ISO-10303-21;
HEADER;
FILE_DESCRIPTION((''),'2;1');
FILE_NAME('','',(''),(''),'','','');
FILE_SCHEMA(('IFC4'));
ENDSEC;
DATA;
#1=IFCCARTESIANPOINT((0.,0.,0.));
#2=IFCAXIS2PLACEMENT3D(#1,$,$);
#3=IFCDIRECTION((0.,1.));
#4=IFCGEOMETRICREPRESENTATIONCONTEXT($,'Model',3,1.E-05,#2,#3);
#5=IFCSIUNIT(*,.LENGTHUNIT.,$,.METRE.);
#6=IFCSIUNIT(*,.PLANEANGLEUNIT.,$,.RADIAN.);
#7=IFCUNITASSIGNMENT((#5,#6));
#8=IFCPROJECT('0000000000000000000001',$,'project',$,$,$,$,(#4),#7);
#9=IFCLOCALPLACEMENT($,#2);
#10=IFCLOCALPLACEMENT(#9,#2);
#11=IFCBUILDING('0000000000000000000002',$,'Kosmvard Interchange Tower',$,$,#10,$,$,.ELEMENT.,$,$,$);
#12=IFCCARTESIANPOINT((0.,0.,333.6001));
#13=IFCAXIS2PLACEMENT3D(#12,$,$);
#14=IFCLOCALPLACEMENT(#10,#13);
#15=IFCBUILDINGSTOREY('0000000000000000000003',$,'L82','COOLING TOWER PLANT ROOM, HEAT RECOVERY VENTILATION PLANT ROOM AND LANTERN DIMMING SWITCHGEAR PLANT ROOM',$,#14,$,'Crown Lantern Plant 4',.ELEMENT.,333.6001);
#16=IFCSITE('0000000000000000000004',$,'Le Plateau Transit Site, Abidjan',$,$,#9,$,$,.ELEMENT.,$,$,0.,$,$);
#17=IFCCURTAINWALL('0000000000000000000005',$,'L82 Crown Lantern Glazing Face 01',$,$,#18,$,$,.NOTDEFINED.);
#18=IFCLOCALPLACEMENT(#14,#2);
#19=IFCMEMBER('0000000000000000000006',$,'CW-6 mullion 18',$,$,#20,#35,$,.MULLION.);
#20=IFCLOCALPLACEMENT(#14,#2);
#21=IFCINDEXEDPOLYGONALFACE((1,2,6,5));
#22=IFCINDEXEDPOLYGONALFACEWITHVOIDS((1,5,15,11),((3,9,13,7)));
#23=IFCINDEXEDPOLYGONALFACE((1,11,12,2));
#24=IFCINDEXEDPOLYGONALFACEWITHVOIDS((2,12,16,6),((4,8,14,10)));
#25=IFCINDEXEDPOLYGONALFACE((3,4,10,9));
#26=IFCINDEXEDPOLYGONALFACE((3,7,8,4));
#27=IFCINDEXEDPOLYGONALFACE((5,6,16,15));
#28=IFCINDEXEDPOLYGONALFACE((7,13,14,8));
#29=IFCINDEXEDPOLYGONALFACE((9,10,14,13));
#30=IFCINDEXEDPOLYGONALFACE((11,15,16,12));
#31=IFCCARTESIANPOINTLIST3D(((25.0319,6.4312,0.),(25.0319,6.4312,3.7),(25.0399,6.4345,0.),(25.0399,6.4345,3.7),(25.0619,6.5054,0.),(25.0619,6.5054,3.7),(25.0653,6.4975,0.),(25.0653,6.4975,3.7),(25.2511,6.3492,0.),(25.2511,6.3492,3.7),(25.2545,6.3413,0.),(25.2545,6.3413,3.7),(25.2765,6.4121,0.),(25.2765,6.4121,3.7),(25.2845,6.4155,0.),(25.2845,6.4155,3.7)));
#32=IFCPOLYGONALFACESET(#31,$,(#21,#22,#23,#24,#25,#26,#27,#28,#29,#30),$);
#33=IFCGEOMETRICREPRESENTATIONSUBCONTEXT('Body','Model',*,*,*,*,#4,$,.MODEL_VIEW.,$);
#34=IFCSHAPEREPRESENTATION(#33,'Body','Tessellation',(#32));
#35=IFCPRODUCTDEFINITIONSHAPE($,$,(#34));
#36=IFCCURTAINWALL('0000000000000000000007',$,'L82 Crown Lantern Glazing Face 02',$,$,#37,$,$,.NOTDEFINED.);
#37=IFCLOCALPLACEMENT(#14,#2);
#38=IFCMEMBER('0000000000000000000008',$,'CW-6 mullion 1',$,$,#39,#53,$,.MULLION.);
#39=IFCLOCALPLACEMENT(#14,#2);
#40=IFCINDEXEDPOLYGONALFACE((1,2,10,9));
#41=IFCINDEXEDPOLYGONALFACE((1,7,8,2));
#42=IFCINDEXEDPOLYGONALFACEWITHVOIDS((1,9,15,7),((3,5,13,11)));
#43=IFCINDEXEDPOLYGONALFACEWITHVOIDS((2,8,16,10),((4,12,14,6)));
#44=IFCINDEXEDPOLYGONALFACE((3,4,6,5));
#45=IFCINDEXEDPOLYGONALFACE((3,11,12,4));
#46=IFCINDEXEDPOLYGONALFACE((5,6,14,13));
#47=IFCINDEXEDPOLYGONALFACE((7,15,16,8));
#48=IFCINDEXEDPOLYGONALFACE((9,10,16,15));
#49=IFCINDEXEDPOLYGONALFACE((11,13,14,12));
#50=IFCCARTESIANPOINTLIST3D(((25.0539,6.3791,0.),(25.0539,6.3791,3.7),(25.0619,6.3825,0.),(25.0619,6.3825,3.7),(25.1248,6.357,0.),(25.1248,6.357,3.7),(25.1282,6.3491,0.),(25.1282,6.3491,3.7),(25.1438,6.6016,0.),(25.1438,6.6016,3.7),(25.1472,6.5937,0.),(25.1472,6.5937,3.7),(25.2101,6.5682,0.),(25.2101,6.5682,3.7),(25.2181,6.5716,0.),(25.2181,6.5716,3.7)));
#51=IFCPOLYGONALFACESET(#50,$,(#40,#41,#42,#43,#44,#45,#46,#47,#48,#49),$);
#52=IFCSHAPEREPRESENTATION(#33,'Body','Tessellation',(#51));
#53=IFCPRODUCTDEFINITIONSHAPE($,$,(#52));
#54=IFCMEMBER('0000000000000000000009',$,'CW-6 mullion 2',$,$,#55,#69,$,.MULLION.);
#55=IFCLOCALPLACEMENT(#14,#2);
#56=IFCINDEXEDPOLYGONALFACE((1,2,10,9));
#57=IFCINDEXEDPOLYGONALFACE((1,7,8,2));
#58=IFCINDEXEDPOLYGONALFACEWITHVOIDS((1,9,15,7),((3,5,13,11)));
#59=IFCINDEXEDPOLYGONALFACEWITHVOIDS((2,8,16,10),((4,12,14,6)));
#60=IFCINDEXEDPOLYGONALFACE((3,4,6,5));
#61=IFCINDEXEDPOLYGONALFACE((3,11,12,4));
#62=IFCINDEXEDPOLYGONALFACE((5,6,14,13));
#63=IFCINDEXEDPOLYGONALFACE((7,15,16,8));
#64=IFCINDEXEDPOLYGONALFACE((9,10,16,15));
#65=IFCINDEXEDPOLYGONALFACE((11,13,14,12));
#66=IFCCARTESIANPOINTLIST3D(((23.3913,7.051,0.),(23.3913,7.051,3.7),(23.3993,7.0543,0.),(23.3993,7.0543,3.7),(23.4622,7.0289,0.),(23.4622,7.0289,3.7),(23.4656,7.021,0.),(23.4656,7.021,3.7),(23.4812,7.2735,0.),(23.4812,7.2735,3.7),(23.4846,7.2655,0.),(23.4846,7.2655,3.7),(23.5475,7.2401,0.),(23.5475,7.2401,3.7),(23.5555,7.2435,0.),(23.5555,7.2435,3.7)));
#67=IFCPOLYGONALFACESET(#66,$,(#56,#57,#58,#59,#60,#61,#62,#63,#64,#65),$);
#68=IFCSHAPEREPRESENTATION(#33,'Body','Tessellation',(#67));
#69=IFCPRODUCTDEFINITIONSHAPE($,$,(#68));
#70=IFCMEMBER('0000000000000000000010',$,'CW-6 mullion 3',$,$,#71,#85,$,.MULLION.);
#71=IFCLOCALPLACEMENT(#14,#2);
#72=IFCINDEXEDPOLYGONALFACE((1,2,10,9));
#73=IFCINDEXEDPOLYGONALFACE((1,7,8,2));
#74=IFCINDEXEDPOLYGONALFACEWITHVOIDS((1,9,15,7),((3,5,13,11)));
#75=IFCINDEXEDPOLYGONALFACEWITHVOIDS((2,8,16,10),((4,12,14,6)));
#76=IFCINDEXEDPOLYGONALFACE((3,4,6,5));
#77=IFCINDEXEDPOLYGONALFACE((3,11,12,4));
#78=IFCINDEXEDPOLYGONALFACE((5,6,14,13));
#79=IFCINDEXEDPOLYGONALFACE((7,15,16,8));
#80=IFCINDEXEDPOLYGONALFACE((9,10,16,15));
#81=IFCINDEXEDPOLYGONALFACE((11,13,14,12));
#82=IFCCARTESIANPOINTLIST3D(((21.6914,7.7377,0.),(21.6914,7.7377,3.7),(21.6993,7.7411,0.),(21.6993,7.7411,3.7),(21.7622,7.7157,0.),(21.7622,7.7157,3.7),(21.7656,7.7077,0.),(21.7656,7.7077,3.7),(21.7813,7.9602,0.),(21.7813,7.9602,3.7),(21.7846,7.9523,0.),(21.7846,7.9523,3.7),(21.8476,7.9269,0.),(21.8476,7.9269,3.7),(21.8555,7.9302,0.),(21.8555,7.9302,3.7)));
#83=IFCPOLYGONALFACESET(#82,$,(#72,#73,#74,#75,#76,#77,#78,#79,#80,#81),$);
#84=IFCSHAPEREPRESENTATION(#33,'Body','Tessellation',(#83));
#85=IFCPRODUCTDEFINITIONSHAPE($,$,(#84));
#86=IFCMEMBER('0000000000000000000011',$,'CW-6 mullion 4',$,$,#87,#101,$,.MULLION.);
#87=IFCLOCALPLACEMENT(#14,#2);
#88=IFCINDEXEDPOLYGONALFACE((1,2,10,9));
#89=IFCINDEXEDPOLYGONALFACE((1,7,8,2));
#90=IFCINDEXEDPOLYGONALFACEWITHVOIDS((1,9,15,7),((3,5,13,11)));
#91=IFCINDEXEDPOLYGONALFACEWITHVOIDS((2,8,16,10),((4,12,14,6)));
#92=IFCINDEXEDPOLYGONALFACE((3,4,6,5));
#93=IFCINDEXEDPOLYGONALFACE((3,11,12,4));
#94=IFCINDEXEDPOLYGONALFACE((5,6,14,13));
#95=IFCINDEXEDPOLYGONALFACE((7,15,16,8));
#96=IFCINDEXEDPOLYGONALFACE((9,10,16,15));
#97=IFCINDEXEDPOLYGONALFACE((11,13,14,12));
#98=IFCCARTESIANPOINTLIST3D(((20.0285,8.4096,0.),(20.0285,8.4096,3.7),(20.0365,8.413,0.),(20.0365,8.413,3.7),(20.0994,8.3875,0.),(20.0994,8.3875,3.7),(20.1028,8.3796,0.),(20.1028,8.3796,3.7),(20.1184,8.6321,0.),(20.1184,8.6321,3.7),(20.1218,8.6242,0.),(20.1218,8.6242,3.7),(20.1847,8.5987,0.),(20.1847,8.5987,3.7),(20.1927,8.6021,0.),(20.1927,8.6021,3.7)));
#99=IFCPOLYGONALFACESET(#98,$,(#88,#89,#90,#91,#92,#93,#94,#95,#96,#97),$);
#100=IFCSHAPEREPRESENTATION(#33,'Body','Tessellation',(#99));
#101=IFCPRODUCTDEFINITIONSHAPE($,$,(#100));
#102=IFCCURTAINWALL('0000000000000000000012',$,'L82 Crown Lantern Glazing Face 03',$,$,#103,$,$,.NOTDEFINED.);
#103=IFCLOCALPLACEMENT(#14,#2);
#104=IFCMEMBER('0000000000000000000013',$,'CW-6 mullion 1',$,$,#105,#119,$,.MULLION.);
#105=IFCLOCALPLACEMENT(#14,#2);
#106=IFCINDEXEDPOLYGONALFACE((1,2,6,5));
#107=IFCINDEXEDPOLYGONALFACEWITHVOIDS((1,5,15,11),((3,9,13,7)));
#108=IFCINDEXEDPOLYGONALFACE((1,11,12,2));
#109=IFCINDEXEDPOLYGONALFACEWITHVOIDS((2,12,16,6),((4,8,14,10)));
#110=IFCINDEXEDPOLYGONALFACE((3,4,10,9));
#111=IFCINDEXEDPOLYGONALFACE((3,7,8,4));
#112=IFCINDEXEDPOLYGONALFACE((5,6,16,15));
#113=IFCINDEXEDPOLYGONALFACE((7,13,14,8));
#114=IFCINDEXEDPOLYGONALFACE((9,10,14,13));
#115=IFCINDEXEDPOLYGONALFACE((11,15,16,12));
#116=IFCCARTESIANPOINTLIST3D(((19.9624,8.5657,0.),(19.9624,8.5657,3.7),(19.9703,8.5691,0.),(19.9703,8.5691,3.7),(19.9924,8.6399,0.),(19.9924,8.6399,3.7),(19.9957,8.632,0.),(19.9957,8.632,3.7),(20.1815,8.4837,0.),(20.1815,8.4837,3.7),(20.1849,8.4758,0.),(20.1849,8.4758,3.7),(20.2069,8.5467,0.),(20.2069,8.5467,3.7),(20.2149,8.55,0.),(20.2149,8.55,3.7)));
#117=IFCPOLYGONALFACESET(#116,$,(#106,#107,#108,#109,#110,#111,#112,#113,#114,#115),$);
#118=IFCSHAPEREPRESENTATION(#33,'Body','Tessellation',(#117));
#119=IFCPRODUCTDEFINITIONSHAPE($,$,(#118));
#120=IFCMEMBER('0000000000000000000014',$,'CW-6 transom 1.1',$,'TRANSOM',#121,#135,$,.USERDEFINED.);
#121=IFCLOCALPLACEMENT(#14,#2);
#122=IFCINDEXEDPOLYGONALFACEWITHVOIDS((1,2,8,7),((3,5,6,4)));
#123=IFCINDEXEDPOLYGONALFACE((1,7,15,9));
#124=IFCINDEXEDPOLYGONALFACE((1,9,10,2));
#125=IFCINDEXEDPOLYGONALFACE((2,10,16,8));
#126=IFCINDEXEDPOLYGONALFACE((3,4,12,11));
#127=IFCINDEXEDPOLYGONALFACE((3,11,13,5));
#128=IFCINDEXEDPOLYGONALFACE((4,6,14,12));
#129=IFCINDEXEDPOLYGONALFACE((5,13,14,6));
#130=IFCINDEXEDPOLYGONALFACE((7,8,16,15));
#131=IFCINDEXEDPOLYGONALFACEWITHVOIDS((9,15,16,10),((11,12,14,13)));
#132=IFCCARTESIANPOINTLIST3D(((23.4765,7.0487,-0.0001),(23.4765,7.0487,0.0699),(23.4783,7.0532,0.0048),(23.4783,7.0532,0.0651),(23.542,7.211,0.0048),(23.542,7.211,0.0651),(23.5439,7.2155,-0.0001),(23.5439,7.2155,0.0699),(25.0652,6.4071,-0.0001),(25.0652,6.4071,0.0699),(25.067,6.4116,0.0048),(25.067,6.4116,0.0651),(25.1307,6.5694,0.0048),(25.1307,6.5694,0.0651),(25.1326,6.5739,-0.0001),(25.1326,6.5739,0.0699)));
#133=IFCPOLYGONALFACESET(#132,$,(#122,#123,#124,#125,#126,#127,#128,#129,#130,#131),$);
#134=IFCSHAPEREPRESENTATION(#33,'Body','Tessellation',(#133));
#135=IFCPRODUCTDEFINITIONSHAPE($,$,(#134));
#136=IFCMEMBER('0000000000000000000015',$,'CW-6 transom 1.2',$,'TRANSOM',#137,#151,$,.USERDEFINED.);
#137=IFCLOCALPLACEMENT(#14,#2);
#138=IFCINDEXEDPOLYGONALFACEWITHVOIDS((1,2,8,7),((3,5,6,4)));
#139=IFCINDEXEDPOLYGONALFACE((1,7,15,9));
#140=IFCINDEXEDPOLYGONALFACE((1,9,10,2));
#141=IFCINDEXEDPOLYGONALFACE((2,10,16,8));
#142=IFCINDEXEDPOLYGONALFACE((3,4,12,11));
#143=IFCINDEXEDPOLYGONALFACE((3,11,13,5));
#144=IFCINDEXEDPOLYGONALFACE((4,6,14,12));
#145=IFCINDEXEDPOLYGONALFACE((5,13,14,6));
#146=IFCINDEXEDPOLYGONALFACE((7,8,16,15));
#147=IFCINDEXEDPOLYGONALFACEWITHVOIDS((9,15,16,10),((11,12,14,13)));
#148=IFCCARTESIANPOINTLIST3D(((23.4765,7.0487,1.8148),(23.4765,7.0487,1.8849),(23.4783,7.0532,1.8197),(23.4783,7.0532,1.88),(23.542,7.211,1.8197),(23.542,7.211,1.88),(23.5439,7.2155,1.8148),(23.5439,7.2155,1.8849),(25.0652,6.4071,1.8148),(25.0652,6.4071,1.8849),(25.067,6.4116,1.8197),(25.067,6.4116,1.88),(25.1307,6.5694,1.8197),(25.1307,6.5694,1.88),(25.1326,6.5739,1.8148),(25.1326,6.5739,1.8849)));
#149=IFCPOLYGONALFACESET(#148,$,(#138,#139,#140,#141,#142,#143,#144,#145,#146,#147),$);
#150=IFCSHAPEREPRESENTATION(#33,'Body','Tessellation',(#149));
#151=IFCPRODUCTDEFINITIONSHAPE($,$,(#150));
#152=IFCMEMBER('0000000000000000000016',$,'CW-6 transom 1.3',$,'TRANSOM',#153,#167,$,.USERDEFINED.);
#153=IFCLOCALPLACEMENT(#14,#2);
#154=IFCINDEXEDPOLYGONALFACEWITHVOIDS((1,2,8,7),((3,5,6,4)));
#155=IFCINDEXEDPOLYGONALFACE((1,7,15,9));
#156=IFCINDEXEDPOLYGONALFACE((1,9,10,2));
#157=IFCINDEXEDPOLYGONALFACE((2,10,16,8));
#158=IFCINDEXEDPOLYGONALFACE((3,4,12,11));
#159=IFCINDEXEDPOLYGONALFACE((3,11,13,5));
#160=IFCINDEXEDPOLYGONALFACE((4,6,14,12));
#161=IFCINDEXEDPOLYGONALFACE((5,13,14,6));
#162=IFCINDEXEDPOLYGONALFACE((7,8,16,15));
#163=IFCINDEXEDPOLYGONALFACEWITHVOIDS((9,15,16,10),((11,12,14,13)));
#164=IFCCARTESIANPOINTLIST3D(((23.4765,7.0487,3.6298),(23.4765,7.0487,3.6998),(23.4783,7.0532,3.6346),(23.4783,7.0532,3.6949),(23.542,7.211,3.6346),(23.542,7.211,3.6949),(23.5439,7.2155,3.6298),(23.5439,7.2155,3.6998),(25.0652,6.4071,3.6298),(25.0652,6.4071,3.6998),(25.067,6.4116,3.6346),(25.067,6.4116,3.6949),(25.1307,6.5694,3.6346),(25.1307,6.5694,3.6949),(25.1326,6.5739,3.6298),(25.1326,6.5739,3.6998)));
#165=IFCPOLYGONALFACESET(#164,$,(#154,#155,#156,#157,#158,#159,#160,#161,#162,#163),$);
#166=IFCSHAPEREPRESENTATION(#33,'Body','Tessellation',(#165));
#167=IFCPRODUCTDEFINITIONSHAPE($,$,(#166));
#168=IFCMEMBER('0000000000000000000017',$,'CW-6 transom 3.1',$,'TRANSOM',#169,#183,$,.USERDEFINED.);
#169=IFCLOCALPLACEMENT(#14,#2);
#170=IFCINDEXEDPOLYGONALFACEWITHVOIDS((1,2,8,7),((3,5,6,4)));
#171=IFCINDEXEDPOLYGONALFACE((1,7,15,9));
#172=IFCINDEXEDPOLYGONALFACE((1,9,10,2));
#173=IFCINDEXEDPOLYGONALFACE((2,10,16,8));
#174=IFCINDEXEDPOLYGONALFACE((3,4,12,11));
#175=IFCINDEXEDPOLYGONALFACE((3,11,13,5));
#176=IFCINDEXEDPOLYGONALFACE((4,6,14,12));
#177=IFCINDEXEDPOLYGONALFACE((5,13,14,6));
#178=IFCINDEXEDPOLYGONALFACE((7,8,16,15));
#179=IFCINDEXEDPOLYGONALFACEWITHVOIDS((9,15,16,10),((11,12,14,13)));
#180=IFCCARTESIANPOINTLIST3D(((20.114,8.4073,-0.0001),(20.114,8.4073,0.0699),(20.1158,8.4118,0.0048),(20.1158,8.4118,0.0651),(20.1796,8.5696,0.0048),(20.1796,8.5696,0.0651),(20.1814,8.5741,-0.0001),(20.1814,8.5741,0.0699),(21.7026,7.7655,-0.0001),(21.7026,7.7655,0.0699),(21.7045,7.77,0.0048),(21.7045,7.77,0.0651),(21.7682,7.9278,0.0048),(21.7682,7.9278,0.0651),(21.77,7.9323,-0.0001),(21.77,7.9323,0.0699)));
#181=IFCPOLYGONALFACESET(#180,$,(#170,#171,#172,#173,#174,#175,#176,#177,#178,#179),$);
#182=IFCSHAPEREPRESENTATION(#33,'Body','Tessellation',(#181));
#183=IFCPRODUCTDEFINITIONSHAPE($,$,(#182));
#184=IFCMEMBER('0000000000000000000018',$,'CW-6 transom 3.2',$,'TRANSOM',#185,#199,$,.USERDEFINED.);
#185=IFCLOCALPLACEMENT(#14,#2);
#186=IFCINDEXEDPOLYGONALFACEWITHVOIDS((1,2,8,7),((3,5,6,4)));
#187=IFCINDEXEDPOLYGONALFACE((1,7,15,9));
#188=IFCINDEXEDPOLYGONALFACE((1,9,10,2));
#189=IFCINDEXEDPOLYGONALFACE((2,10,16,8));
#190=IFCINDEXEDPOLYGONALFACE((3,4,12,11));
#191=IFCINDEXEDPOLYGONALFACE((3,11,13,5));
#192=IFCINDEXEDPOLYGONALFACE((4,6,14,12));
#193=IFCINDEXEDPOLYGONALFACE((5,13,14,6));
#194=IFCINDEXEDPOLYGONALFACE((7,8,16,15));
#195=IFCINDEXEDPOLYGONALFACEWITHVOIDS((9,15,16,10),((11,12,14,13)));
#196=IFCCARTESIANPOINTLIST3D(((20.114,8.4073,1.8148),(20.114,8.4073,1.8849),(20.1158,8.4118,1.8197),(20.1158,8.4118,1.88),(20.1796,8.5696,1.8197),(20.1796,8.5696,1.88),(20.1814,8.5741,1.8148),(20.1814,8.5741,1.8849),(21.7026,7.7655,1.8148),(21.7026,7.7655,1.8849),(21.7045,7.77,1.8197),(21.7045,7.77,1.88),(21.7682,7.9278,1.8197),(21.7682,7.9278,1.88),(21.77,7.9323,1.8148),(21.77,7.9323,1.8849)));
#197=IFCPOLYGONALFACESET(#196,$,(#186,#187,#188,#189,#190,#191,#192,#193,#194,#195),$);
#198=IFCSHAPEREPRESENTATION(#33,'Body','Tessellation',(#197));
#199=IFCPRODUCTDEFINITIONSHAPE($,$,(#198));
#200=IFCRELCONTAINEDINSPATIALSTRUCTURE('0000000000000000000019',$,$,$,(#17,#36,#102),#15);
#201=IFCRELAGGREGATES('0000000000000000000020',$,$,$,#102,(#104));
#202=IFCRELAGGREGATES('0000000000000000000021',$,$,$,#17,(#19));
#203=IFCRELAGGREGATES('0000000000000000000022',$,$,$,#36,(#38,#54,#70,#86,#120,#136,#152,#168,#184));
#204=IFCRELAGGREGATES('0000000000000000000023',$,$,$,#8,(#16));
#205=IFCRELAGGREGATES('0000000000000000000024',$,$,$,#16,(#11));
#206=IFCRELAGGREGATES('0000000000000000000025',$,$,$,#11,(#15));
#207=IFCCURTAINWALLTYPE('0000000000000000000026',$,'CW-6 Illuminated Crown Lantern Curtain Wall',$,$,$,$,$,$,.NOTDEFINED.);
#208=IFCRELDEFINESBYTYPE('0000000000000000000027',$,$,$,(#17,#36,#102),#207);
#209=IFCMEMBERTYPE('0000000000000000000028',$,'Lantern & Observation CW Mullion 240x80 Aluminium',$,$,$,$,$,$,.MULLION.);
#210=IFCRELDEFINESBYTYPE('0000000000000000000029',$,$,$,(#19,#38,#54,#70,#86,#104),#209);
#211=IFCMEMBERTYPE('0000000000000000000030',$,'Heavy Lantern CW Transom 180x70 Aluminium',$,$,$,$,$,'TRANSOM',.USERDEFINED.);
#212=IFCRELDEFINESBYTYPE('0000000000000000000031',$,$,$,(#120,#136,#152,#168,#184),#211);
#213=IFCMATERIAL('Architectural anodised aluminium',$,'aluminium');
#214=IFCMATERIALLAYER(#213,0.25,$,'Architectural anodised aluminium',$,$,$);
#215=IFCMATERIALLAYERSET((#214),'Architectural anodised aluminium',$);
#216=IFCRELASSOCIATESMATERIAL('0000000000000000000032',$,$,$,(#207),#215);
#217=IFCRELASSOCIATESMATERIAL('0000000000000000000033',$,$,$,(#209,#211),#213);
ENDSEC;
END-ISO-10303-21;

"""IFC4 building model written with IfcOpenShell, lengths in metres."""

from ifc_helpers import new_model, si_unit, direction, frame, origin, origin_2d, place, context, subcontext, project, spatial, hollow_rectangle, extrude, source, transform, mapped, material, layer, layer_set, material_profile, profile_set, type_object, element, aggregate, save


model = new_model("IFC4")

# Units and contexts
model_context = context("Model", 3, precision=1e-05, world=origin(), true_north=direction((0.0, 1.0)))
body_context = subcontext(model_context, "Body", "Model", "MODEL_VIEW")
ifc_project = project(units=[si_unit("LENGTHUNIT", "METRE"), si_unit("PLANEANGLEUNIT", "RADIAN")], contexts=[model_context])

# Site, building, storey
site_placement = place(None, origin())
site = spatial("IfcSite", under=ifc_project, at=site_placement, Name="Le Plateau Transit Site, Abidjan", CompositionType="ELEMENT", RefElevation=0.0)
building_placement = place(site_placement, origin())
building = spatial("IfcBuilding", under=site, at=building_placement, Name="Kosmvard Interchange Tower", CompositionType="ELEMENT")
storey_placement = place(building_placement, frame((0.0, 0.0, 333.6001)))
storey = spatial("IfcBuildingStorey", under=building, at=storey_placement, Name="L82", Description="COOLING TOWER PLANT ROOM, HEAT RECOVERY VENTILATION PLANT ROOM AND LANTERN DIMMING SWITCHGEAR PLANT ROOM", LongName="Crown Lantern Plant 4", CompositionType="ELEMENT", Elevation=333.6001)

# Curtain wall, member
ifc_material_1 = material(Name="Architectural anodised aluminium", Category="aluminium")
ifc_layer_1 = layer(ifc_material_1, 0.25, Name="Architectural anodised aluminium")
ifc_layer_set_1 = layer_set([ifc_layer_1], Name="Architectural anodised aluminium")
curtain_wall_type = type_object("IfcCurtainWallType", Name="CW-6 Illuminated Crown Lantern Curtain Wall", PredefinedType="NOTDEFINED", material=ifc_layer_set_1)
curtain_wall_1_placement = place(storey_placement, origin())
curtain_wall_1 = element("IfcCurtainWall", 1, at=curtain_wall_1_placement, inside=storey, type_object=curtain_wall_type, Name="L82 Crown Lantern Glazing Face 01", PredefinedType="NOTDEFINED")
ifc_material_profile_1 = material_profile(ifc_material_1, hollow_rectangle(XDim=0.24, YDim=0.0801, WallThickness=0.0061, at=origin_2d()), Name="CWM 240x80x6")
ifc_profile_set_1 = profile_set([ifc_material_profile_1], Name="Architectural anodised aluminium")
member_type_1 = type_object("IfcMemberType", Name="Lantern & Observation CW Mullion 240x80 Aluminium", PredefinedType="MULLION", material=ifc_profile_set_1)
shared_shape_1 = source(origin(), body_context, "Body", "SweptSolid", [
    extrude(hollow_rectangle(XDim=0.24, YDim=0.0801, WallThickness=0.0061, at=origin_2d()), origin(), (0.0, 0.0, 1.0), 3.7),
])
member_1_placement = place(storey_placement, frame((25.1582, 6.4233, 0.0), z_axis=(0.0, 0.0, 1.0), x_axis=(-0.927184, 0.374607, 0.0)))
member_1 = element("IfcMember", 2, at=member_1_placement, type_object=member_type_1, Name="CW-6 mullion 18", PredefinedType="MULLION", context=body_context, shape_type="MappedRepresentation", body=[
    mapped(shared_shape_1, transform((0.0, 0.0, 0.0), scale=1.0)),
])

# Curtain wall, members
curtain_wall_2_placement = place(storey_placement, origin())
curtain_wall_2 = element("IfcCurtainWall", 3, at=curtain_wall_2_placement, inside=storey, type_object=curtain_wall_type, Name="L82 Crown Lantern Glazing Face 02", PredefinedType="NOTDEFINED")
member_2_placement = place(storey_placement, frame((25.136, 6.4753, 0.0), z_axis=(0.0, 0.0, 1.0), x_axis=(-0.374607, -0.927184, 0.0)))
member_2 = element("IfcMember", 4, at=member_2_placement, type_object=member_type_1, Name="CW-6 mullion 1", PredefinedType="MULLION", context=body_context, shape_type="MappedRepresentation", body=[
    mapped(shared_shape_1, transform((0.0, 0.0, 0.0), scale=1.0)),
])
member_3_placement = place(storey_placement, frame((23.4734, 7.1472, 0.0), z_axis=(0.0, 0.0, 1.0), x_axis=(-0.374607, -0.927184, 0.0)))
member_3 = element("IfcMember", 5, at=member_3_placement, type_object=member_type_1, Name="CW-6 mullion 2", PredefinedType="MULLION", context=body_context, shape_type="MappedRepresentation", body=[
    mapped(shared_shape_1, transform((0.0, 0.0, 0.0), scale=1.0)),
])
member_4_placement = place(storey_placement, frame((21.7734, 7.834, 0.0), z_axis=(0.0, 0.0, 1.0), x_axis=(-0.374607, -0.927184, 0.0)))
member_4 = element("IfcMember", 6, at=member_4_placement, type_object=member_type_1, Name="CW-6 mullion 3", PredefinedType="MULLION", context=body_context, shape_type="MappedRepresentation", body=[
    mapped(shared_shape_1, transform((0.0, 0.0, 0.0), scale=1.0)),
])
member_5_placement = place(storey_placement, frame((20.1106, 8.5059, 0.0), z_axis=(0.0, 0.0, 1.0), x_axis=(-0.374607, -0.927184, 0.0)))
member_5 = element("IfcMember", 7, at=member_5_placement, type_object=member_type_1, Name="CW-6 mullion 4", PredefinedType="MULLION", context=body_context, shape_type="MappedRepresentation", body=[
    mapped(shared_shape_1, transform((0.0, 0.0, 0.0), scale=1.0)),
])

# Curtain wall, member
curtain_wall_3_placement = place(storey_placement, origin())
curtain_wall_3 = element("IfcCurtainWall", 8, at=curtain_wall_3_placement, inside=storey, type_object=curtain_wall_type, Name="L82 Crown Lantern Glazing Face 03", PredefinedType="NOTDEFINED")
member_6_placement = place(storey_placement, frame((20.0886, 8.5579, 0.0), z_axis=(0.0, 0.0, 1.0), x_axis=(-0.927184, 0.374607, 0.0)))
member_6 = element("IfcMember", 9, at=member_6_placement, type_object=member_type_1, Name="CW-6 mullion 1", PredefinedType="MULLION", context=body_context, shape_type="MappedRepresentation", body=[
    mapped(shared_shape_1, transform((0.0, 0.0, 0.0), scale=1.0)),
])
aggregate(curtain_wall_3, [member_6])

# Members
ifc_material_profile_2 = material_profile(ifc_material_1, hollow_rectangle(XDim=0.1799, YDim=0.0701, WallThickness=0.0049, at=origin_2d()), Name="CWT 180x70x5")
ifc_profile_set_2 = profile_set([ifc_material_profile_2], Name="Architectural anodised aluminium")
member_type_2 = type_object("IfcMemberType", Name="Heavy Lantern CW Transom 180x70 Aluminium", ElementType="TRANSOM", PredefinedType="USERDEFINED", material=ifc_profile_set_2)
shared_shape_2 = source(origin(), body_context, "Body", "SweptSolid", [
    extrude(hollow_rectangle(XDim=0.1799, YDim=0.0701, WallThickness=0.0049, at=origin_2d()), origin(), (0.0, 0.0, 1.0), 1.7134),
])
member_7_placement = place(storey_placement, frame((25.0989, 6.4905, 0.0349), z_axis=(-0.927233, 0.374484, 0.0), x_axis=(-0.374484, -0.927233, 0.0)))
member_7 = element("IfcMember", 10, at=member_7_placement, type_object=member_type_2, Name="CW-6 transom 1.1", ObjectType="TRANSOM", PredefinedType="USERDEFINED", context=body_context, shape_type="MappedRepresentation", body=[
    mapped(shared_shape_2, transform((0.0, 0.0, 0.0), scale=1.0)),
])
member_8_placement = place(storey_placement, frame((25.0989, 6.4905, 1.8499), z_axis=(-0.927233, 0.374484, 0.0), x_axis=(-0.374484, -0.927233, 0.0)))
member_8 = element("IfcMember", 11, at=member_8_placement, type_object=member_type_2, Name="CW-6 transom 1.2", ObjectType="TRANSOM", PredefinedType="USERDEFINED", context=body_context, shape_type="MappedRepresentation", body=[
    mapped(shared_shape_2, transform((0.0, 0.0, 0.0), scale=1.0)),
])
member_9_placement = place(storey_placement, frame((25.0989, 6.4905, 3.6648), z_axis=(-0.927233, 0.374484, 0.0), x_axis=(-0.374484, -0.927233, 0.0)))
member_9 = element("IfcMember", 12, at=member_9_placement, type_object=member_type_2, Name="CW-6 transom 1.3", ObjectType="TRANSOM", PredefinedType="USERDEFINED", context=body_context, shape_type="MappedRepresentation", body=[
    mapped(shared_shape_2, transform((0.0, 0.0, 0.0), scale=1.0)),
])
member_10_placement = place(storey_placement, frame((21.7363, 7.8489, 0.0349), z_axis=(-0.927184, 0.374607, 0.0), x_axis=(-0.374607, -0.927184, 0.0)))
member_10 = element("IfcMember", 13, at=member_10_placement, type_object=member_type_2, Name="CW-6 transom 3.1", ObjectType="TRANSOM", PredefinedType="USERDEFINED", context=body_context, shape_type="MappedRepresentation", body=[
    mapped(shared_shape_2, transform((0.0, 0.0, 0.0), scale=1.0)),
])
member_11_placement = place(storey_placement, frame((21.7363, 7.8489, 1.8499), z_axis=(-0.927184, 0.374607, 0.0), x_axis=(-0.374607, -0.927184, 0.0)))
member_11 = element("IfcMember", 14, at=member_11_placement, type_object=member_type_2, Name="CW-6 transom 3.2", ObjectType="TRANSOM", PredefinedType="USERDEFINED", context=body_context, shape_type="MappedRepresentation", body=[
    mapped(shared_shape_2, transform((0.0, 0.0, 0.0), scale=1.0)),
])

aggregate(curtain_wall_1, [member_1])
aggregate(curtain_wall_2, [member_2, member_3, member_4, member_5, member_7, member_8, member_9, member_10, member_11])

save(model, "model.ifc")
